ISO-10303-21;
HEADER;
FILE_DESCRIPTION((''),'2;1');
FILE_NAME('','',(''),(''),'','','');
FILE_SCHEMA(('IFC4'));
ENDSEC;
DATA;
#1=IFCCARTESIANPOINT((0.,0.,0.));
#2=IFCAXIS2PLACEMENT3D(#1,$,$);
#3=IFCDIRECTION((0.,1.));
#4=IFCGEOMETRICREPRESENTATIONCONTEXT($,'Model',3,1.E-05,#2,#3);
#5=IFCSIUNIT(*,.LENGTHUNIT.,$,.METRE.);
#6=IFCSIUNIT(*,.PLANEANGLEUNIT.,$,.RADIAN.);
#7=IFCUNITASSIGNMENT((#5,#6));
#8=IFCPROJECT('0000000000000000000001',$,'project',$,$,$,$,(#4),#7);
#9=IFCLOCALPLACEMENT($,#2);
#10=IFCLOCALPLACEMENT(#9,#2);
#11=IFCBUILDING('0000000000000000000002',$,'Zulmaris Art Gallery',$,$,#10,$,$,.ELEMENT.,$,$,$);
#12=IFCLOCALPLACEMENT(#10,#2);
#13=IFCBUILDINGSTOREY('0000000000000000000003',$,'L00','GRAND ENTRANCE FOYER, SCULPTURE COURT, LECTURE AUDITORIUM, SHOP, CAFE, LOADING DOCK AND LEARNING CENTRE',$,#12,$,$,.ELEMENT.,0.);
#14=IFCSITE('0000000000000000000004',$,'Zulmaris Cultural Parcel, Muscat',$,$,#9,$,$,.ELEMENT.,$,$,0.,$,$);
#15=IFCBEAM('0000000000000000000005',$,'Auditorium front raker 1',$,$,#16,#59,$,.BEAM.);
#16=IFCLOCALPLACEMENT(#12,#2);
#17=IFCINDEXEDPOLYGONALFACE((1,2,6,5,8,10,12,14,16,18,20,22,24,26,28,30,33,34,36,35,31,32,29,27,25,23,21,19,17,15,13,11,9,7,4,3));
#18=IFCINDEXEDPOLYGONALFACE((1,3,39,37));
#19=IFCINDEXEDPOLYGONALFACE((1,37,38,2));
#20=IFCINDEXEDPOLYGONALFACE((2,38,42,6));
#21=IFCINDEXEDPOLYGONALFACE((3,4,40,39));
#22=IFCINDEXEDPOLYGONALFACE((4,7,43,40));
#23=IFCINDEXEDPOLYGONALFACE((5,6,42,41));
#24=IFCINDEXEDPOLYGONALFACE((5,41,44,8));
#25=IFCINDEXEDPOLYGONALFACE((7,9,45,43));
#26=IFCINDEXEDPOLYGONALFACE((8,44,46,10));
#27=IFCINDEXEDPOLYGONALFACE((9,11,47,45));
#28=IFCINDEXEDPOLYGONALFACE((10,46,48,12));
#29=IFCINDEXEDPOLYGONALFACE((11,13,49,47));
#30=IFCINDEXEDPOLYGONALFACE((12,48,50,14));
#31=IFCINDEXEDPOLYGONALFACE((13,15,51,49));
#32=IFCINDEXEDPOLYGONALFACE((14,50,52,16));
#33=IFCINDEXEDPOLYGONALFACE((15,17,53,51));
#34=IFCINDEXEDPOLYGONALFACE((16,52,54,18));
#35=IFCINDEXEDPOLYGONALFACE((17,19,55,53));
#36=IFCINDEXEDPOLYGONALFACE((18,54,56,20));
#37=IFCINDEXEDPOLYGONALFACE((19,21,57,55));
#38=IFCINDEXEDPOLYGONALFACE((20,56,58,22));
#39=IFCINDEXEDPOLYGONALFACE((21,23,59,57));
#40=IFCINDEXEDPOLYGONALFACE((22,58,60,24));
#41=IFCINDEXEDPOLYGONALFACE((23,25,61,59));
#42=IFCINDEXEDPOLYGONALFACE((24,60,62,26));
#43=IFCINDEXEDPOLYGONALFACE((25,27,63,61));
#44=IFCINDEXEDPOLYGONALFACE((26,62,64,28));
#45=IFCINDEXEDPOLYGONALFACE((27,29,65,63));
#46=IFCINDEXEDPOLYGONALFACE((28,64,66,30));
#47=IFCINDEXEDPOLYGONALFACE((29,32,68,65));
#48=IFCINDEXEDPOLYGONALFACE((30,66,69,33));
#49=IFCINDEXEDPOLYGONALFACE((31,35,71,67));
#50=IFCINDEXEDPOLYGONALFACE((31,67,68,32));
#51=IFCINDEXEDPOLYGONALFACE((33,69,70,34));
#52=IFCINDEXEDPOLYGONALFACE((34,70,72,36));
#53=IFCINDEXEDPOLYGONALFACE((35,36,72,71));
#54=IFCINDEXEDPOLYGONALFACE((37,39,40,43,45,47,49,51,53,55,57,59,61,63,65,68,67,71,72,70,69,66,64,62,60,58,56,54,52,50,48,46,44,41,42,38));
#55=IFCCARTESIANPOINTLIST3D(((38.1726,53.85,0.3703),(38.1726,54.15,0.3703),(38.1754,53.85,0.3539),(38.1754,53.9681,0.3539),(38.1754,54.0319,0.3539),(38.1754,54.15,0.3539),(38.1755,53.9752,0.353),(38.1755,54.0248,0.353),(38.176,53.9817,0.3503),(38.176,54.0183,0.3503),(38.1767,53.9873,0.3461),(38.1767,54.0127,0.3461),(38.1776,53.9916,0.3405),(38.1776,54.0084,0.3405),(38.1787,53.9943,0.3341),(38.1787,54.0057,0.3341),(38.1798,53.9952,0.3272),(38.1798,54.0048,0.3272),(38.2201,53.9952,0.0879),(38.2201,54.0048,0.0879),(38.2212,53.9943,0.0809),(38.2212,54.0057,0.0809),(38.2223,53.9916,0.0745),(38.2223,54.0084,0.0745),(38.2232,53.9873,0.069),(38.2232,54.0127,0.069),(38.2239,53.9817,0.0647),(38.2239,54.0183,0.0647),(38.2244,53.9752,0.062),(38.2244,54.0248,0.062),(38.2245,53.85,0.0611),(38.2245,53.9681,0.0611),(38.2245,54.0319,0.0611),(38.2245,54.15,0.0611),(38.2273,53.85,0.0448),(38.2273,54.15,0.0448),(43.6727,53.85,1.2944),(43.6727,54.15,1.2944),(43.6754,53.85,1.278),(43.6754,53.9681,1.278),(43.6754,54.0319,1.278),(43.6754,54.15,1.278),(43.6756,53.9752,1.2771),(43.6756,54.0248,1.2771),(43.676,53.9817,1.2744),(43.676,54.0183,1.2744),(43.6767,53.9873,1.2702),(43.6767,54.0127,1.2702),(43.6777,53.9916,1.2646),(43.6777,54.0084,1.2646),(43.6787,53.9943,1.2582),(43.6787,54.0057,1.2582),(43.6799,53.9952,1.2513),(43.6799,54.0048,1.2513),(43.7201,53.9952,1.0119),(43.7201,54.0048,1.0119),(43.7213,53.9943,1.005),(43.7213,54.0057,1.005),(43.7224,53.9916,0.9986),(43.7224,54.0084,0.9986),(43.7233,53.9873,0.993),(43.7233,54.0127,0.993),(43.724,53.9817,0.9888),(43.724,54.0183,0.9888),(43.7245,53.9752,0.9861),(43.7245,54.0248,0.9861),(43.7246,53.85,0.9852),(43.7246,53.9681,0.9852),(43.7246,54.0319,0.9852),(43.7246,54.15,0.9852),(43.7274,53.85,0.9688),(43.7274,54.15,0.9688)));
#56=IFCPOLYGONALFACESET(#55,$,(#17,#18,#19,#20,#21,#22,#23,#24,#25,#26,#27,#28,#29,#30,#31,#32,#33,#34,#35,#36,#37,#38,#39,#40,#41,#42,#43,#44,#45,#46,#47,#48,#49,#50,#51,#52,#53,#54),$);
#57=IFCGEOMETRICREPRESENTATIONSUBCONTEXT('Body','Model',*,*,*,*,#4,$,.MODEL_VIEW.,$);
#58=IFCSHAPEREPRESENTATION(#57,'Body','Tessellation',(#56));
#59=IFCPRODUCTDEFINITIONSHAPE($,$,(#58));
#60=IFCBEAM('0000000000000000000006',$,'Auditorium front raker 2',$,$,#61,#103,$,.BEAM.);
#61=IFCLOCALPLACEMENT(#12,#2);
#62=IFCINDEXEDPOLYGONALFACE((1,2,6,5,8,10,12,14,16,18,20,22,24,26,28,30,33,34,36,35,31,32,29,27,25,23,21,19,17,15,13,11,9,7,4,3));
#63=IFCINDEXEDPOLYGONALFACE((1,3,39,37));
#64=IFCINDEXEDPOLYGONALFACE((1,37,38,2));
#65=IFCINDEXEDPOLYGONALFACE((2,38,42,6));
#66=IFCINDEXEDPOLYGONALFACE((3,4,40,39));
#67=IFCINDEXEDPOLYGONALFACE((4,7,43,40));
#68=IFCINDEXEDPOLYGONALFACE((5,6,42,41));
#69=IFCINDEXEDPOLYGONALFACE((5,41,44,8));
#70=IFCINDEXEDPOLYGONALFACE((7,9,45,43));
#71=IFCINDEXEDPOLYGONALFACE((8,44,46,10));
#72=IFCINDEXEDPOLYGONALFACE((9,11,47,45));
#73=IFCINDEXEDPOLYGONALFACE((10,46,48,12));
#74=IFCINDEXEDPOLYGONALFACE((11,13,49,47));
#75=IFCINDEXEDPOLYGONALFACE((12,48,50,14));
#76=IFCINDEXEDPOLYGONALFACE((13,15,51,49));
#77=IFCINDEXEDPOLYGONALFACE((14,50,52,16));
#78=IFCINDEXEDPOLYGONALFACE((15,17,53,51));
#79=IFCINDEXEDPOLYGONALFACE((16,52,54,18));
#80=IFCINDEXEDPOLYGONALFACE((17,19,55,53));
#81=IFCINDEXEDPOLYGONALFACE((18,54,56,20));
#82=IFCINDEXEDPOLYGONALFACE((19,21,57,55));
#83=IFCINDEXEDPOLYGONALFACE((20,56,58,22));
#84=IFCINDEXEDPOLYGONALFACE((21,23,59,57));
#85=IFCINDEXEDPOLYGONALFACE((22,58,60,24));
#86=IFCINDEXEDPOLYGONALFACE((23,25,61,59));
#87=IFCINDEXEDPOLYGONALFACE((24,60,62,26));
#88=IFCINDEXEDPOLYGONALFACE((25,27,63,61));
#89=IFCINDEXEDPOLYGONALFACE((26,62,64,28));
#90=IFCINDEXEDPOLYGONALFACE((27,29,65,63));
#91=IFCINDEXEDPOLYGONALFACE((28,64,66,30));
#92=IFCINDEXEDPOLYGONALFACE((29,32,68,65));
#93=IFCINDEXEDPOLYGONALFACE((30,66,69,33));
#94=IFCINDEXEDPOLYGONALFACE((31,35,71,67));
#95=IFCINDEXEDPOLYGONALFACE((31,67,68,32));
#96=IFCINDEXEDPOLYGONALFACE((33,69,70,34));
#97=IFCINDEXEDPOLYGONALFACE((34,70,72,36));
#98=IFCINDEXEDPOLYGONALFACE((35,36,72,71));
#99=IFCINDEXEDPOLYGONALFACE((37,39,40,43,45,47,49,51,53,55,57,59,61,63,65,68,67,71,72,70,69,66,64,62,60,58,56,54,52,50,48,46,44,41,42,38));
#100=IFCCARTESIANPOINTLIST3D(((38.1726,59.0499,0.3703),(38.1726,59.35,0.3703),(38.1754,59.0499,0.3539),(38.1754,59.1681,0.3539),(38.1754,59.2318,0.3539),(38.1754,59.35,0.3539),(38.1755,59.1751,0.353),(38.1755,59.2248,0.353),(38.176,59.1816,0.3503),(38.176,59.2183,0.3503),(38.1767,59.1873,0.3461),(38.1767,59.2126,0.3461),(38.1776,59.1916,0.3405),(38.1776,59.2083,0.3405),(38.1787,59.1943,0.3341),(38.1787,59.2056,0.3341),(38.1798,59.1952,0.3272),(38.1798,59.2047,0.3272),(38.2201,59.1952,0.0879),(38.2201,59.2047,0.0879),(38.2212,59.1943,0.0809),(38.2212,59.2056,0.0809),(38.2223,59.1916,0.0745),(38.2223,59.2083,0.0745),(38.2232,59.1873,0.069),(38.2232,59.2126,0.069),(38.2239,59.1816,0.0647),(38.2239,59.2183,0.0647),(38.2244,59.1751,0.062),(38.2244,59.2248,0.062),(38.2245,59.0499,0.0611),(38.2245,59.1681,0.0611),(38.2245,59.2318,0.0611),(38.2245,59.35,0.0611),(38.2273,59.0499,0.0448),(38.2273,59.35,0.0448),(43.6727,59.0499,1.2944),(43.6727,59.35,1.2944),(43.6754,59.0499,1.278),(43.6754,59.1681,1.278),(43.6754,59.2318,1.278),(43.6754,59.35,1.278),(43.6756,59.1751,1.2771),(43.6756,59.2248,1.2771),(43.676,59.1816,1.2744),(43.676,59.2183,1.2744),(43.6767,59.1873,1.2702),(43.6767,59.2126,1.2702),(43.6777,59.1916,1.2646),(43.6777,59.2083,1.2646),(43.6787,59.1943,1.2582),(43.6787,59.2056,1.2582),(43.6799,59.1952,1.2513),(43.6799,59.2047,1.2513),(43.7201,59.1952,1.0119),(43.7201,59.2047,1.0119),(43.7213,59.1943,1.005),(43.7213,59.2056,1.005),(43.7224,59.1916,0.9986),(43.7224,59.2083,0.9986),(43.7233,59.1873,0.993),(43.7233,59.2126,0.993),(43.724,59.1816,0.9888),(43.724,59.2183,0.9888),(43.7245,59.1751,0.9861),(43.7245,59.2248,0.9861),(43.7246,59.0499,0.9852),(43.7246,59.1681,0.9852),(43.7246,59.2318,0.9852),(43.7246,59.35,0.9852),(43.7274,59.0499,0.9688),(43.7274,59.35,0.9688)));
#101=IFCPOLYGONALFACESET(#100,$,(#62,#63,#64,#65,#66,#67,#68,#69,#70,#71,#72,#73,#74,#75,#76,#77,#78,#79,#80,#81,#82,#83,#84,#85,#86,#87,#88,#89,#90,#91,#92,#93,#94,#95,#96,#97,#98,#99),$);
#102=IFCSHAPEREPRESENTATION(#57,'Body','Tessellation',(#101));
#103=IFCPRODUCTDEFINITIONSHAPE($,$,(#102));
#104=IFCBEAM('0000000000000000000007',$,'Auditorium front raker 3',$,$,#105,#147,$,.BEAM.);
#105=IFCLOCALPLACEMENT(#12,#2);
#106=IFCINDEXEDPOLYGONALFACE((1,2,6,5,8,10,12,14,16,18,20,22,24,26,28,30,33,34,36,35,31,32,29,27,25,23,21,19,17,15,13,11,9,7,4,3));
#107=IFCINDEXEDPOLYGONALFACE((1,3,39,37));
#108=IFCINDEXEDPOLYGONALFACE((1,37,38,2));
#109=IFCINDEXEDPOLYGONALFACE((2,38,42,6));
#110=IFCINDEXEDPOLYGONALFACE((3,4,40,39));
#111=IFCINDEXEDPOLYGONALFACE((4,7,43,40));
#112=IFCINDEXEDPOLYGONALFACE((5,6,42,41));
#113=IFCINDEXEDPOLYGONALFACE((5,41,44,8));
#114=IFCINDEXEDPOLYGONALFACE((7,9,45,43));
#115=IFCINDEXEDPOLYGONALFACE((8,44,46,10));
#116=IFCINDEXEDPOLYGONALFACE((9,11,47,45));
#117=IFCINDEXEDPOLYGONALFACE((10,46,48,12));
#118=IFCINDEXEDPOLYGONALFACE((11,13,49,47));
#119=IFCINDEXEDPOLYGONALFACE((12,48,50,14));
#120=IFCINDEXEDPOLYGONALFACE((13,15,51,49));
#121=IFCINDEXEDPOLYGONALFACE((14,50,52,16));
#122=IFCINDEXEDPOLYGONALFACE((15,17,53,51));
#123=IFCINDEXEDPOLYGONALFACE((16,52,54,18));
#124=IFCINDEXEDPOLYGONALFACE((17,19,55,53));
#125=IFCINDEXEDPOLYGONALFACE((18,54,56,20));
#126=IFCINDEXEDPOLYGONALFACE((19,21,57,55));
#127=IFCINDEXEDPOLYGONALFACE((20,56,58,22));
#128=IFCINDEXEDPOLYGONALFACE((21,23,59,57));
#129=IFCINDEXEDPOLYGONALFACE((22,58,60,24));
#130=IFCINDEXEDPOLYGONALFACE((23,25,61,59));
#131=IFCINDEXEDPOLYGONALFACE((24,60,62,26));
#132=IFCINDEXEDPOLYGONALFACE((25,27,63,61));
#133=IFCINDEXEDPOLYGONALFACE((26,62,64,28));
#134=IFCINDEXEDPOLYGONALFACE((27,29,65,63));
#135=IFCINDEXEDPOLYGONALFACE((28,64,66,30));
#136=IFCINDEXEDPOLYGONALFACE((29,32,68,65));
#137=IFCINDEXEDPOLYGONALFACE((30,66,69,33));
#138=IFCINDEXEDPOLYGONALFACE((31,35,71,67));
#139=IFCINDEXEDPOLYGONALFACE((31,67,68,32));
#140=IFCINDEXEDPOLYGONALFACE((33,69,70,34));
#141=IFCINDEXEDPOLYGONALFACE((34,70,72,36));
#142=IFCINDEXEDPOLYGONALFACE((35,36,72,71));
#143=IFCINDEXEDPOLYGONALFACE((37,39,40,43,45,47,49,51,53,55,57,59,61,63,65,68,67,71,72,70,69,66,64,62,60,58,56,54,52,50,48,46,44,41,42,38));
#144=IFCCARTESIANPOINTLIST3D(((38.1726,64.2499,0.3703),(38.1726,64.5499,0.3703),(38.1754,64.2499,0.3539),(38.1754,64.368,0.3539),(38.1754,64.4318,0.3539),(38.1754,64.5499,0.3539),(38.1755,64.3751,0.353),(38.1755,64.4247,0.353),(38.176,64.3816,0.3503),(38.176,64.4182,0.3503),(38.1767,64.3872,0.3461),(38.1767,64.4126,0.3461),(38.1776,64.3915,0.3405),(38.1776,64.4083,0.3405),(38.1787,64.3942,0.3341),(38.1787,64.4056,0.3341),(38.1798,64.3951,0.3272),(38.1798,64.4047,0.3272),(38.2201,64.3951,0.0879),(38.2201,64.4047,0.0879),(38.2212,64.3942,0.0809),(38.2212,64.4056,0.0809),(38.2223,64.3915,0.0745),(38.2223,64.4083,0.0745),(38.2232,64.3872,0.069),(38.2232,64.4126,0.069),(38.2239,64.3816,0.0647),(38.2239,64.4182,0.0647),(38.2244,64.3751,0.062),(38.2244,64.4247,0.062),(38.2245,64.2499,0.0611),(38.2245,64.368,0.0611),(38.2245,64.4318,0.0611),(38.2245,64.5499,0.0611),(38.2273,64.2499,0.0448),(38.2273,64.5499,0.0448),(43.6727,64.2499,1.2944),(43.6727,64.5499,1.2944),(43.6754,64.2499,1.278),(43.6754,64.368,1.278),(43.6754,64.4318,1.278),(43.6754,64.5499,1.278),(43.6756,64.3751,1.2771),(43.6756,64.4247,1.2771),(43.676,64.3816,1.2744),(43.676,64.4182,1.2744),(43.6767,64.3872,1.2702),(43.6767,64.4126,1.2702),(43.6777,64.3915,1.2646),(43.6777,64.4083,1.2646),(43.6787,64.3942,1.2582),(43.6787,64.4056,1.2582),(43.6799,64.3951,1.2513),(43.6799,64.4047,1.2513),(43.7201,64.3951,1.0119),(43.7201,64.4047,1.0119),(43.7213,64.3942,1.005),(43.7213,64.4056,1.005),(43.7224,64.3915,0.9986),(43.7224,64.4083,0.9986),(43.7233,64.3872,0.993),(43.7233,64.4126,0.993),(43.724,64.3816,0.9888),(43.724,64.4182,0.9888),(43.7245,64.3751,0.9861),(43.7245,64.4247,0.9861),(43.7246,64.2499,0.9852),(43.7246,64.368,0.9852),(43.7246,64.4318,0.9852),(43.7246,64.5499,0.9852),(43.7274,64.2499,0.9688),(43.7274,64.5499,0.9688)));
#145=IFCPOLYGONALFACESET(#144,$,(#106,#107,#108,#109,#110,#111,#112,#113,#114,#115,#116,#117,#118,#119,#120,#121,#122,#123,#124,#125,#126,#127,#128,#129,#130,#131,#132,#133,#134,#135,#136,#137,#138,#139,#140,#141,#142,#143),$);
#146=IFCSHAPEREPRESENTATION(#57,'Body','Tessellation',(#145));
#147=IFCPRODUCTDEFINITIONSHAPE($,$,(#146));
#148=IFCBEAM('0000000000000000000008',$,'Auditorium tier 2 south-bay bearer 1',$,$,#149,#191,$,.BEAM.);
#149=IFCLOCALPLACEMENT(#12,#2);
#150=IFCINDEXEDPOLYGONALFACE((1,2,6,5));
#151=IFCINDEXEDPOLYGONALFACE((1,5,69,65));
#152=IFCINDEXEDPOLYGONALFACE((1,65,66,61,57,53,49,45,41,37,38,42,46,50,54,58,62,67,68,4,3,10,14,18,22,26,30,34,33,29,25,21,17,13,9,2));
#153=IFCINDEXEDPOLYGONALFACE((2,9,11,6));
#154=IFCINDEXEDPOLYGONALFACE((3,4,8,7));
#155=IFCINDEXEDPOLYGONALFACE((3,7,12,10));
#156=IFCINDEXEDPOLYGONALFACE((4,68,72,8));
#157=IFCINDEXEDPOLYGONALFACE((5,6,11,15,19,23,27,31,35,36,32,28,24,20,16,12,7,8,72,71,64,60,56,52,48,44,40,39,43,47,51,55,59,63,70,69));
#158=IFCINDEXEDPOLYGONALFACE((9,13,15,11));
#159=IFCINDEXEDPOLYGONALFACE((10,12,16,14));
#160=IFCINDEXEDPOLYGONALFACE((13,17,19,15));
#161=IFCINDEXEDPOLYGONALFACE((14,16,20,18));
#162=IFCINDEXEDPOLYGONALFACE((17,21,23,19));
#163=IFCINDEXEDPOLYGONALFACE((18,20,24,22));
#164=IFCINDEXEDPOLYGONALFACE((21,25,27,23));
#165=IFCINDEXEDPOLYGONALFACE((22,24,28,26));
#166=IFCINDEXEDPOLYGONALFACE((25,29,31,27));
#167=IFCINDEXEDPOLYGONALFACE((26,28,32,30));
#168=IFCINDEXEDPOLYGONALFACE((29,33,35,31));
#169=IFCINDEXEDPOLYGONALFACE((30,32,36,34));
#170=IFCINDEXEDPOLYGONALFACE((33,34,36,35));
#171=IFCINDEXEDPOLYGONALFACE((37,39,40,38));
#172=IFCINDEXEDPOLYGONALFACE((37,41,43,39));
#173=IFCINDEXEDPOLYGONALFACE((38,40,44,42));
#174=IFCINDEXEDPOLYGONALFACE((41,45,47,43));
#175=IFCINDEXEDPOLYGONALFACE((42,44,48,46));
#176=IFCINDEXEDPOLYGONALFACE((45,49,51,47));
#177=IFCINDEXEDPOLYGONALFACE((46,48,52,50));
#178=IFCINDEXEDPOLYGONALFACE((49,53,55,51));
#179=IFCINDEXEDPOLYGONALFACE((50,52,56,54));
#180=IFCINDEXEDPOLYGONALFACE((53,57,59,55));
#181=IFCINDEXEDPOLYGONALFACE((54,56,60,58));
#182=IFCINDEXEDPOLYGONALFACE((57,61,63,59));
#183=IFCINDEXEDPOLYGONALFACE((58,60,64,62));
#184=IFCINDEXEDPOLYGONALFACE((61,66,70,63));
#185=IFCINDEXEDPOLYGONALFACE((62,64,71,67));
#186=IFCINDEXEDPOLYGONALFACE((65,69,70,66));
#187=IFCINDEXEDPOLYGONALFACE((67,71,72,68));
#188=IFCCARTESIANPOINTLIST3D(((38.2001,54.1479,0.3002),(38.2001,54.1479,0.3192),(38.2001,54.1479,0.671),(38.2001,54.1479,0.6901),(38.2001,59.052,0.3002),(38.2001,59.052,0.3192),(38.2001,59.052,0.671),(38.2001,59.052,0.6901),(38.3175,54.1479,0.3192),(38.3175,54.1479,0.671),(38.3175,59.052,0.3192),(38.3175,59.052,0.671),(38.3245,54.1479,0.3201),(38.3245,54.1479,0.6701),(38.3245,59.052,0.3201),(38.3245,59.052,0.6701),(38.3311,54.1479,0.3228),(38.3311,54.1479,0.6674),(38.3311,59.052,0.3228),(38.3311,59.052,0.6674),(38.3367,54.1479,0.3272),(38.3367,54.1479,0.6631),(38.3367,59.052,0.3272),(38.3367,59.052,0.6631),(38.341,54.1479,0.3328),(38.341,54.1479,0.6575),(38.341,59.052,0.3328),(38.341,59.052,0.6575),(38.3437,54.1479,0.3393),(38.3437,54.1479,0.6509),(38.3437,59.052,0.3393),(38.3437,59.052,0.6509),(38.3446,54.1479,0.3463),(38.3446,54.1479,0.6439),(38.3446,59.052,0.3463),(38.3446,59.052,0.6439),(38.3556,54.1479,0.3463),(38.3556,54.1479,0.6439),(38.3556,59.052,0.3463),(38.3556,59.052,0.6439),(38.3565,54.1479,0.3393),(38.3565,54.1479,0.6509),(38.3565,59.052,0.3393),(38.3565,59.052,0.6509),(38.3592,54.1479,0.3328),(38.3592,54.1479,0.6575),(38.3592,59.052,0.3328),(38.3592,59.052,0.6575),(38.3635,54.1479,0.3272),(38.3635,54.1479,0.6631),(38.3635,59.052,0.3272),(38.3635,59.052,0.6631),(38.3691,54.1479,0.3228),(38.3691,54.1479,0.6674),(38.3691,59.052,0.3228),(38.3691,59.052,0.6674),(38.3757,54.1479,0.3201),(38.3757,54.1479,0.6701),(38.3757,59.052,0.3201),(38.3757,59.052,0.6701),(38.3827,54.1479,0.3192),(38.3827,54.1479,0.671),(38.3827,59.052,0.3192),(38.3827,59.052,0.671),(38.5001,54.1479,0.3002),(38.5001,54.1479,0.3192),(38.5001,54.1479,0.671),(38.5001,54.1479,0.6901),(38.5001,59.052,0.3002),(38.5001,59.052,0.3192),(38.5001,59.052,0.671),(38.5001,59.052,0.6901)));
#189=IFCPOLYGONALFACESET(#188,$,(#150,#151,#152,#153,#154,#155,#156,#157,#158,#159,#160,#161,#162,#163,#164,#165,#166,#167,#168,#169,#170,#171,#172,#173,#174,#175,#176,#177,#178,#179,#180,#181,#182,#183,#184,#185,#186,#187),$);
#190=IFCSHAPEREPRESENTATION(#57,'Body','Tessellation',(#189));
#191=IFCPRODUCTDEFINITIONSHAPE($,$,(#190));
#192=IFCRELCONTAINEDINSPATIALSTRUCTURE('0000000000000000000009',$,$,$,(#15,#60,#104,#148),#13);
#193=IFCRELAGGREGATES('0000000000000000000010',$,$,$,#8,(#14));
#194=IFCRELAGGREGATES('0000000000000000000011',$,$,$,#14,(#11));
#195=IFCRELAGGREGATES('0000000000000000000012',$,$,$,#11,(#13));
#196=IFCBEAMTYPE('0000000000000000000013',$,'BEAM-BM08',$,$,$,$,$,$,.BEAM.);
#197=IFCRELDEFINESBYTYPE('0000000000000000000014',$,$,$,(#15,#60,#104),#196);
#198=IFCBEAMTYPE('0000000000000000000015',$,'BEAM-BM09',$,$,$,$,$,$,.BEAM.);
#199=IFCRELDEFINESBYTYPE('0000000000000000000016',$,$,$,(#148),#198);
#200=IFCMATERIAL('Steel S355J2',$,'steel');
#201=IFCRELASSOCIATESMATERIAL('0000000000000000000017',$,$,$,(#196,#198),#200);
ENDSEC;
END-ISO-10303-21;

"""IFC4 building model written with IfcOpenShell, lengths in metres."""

from ifc_helpers import new_model, si_unit, direction, frame, origin, origin_2d, place, context, subcontext, project, spatial, i_section, extrude, material, material_profile, profile_set, type_object, element, save


model = new_model("IFC4")

# Units and contexts
model_context = context("Model", 3, precision=1e-05, world=origin(), true_north=direction((0.0, 1.0)))
body_context = subcontext(model_context, "Body", "Model", "MODEL_VIEW")
ifc_project = project(units=[si_unit("LENGTHUNIT", "METRE"), si_unit("PLANEANGLEUNIT", "RADIAN")], contexts=[model_context])

# Site, building, storey
site_placement = place(None, origin())
site = spatial("IfcSite", under=ifc_project, at=site_placement, Name="Zulmaris Cultural Parcel, Muscat", CompositionType="ELEMENT", RefElevation=0.0)
building_placement = place(site_placement, origin())
building = spatial("IfcBuilding", under=site, at=building_placement, Name="Zulmaris Art Gallery", CompositionType="ELEMENT")
storey_placement = place(building_placement, origin())
storey = spatial("IfcBuildingStorey", under=building, at=storey_placement, Name="L00", Description="GRAND ENTRANCE FOYER, SCULPTURE COURT, LECTURE AUDITORIUM, SHOP, CAFE, LOADING DOCK AND LEARNING CENTRE", CompositionType="ELEMENT", Elevation=0.0)

# Beams
ifc_material_1 = material(Name="Steel S355J2", Category="steel")
ifc_material_profile_1 = material_profile(ifc_material_1, i_section(OverallWidth=0.3, OverallDepth=0.3301, WebThickness=0.0095, FlangeThickness=0.0166, FilletRadius=0.0271, at=origin_2d()), Name="HEA 340")
ifc_profile_set_1 = profile_set([ifc_material_profile_1], Name="Steel S355J2")
beam_type_1 = type_object("IfcBeamType", Name="BEAM-BM08", PredefinedType="BEAM", material=ifc_profile_set_1)
for number, where, z_axis, x_axis, name in (
    (1, (38.2, 54.0, 0.2075), (0.986178, 0.0, 0.165691), (0.0, 1.0, 0.0), "Auditorium front raker 1"),
    (2, (38.2, 59.2, 0.2075), (0.986178, 0.0, 0.165691), (0.0, 1.0, 0.0), "Auditorium front raker 2"),
    (3, (38.2, 64.3999, 0.2075), (0.986178, 0.0, 0.165691), (0.0, 1.0, 0.0), "Auditorium front raker 3"),
):
    element("IfcBeam", number, at=place(storey_placement, frame(where, z_axis=z_axis, x_axis=x_axis)), inside=storey, type_object=beam_type_1, Name=name, PredefinedType="BEAM", context=body_context, shape_type="SweptSolid", body=[
        extrude(i_section(OverallWidth=0.3, OverallDepth=0.3301, WebThickness=0.0095, FlangeThickness=0.0166, FilletRadius=0.0271, at=origin_2d()), origin(), (0.0, 0.0, 1.0), 5.5771),
    ])
ifc_material_profile_2 = material_profile(ifc_material_1, i_section(OverallWidth=0.3, OverallDepth=0.3899, WebThickness=0.011, FlangeThickness=0.019, FilletRadius=0.0271, at=origin_2d()), Name="HEA 400")
ifc_profile_set_2 = profile_set([ifc_material_profile_2], Name="Steel S355J2")
beam_type_2 = type_object("IfcBeamType", Name="BEAM-BM09", PredefinedType="BEAM", material=ifc_profile_set_2)
for number, where, z_axis, x_axis, name in (
    (4, (38.3501, 54.1479, 0.4951), (0.0, 1.0, 0.0), (-1.0, 0.0, 0.0), "Auditorium tier 2 south-bay bearer 1"),
):
    element("IfcBeam", number, at=place(storey_placement, frame(where, z_axis=z_axis, x_axis=x_axis)), inside=storey, type_object=beam_type_2, Name=name, PredefinedType="BEAM", context=body_context, shape_type="SweptSolid", body=[
        extrude(i_section(OverallWidth=0.3, OverallDepth=0.3899, WebThickness=0.011, FlangeThickness=0.019, FilletRadius=0.0271, at=origin_2d()), origin(), (0.0, 0.0, 1.0), 4.9041),
    ])

save(model, "model.ifc")
